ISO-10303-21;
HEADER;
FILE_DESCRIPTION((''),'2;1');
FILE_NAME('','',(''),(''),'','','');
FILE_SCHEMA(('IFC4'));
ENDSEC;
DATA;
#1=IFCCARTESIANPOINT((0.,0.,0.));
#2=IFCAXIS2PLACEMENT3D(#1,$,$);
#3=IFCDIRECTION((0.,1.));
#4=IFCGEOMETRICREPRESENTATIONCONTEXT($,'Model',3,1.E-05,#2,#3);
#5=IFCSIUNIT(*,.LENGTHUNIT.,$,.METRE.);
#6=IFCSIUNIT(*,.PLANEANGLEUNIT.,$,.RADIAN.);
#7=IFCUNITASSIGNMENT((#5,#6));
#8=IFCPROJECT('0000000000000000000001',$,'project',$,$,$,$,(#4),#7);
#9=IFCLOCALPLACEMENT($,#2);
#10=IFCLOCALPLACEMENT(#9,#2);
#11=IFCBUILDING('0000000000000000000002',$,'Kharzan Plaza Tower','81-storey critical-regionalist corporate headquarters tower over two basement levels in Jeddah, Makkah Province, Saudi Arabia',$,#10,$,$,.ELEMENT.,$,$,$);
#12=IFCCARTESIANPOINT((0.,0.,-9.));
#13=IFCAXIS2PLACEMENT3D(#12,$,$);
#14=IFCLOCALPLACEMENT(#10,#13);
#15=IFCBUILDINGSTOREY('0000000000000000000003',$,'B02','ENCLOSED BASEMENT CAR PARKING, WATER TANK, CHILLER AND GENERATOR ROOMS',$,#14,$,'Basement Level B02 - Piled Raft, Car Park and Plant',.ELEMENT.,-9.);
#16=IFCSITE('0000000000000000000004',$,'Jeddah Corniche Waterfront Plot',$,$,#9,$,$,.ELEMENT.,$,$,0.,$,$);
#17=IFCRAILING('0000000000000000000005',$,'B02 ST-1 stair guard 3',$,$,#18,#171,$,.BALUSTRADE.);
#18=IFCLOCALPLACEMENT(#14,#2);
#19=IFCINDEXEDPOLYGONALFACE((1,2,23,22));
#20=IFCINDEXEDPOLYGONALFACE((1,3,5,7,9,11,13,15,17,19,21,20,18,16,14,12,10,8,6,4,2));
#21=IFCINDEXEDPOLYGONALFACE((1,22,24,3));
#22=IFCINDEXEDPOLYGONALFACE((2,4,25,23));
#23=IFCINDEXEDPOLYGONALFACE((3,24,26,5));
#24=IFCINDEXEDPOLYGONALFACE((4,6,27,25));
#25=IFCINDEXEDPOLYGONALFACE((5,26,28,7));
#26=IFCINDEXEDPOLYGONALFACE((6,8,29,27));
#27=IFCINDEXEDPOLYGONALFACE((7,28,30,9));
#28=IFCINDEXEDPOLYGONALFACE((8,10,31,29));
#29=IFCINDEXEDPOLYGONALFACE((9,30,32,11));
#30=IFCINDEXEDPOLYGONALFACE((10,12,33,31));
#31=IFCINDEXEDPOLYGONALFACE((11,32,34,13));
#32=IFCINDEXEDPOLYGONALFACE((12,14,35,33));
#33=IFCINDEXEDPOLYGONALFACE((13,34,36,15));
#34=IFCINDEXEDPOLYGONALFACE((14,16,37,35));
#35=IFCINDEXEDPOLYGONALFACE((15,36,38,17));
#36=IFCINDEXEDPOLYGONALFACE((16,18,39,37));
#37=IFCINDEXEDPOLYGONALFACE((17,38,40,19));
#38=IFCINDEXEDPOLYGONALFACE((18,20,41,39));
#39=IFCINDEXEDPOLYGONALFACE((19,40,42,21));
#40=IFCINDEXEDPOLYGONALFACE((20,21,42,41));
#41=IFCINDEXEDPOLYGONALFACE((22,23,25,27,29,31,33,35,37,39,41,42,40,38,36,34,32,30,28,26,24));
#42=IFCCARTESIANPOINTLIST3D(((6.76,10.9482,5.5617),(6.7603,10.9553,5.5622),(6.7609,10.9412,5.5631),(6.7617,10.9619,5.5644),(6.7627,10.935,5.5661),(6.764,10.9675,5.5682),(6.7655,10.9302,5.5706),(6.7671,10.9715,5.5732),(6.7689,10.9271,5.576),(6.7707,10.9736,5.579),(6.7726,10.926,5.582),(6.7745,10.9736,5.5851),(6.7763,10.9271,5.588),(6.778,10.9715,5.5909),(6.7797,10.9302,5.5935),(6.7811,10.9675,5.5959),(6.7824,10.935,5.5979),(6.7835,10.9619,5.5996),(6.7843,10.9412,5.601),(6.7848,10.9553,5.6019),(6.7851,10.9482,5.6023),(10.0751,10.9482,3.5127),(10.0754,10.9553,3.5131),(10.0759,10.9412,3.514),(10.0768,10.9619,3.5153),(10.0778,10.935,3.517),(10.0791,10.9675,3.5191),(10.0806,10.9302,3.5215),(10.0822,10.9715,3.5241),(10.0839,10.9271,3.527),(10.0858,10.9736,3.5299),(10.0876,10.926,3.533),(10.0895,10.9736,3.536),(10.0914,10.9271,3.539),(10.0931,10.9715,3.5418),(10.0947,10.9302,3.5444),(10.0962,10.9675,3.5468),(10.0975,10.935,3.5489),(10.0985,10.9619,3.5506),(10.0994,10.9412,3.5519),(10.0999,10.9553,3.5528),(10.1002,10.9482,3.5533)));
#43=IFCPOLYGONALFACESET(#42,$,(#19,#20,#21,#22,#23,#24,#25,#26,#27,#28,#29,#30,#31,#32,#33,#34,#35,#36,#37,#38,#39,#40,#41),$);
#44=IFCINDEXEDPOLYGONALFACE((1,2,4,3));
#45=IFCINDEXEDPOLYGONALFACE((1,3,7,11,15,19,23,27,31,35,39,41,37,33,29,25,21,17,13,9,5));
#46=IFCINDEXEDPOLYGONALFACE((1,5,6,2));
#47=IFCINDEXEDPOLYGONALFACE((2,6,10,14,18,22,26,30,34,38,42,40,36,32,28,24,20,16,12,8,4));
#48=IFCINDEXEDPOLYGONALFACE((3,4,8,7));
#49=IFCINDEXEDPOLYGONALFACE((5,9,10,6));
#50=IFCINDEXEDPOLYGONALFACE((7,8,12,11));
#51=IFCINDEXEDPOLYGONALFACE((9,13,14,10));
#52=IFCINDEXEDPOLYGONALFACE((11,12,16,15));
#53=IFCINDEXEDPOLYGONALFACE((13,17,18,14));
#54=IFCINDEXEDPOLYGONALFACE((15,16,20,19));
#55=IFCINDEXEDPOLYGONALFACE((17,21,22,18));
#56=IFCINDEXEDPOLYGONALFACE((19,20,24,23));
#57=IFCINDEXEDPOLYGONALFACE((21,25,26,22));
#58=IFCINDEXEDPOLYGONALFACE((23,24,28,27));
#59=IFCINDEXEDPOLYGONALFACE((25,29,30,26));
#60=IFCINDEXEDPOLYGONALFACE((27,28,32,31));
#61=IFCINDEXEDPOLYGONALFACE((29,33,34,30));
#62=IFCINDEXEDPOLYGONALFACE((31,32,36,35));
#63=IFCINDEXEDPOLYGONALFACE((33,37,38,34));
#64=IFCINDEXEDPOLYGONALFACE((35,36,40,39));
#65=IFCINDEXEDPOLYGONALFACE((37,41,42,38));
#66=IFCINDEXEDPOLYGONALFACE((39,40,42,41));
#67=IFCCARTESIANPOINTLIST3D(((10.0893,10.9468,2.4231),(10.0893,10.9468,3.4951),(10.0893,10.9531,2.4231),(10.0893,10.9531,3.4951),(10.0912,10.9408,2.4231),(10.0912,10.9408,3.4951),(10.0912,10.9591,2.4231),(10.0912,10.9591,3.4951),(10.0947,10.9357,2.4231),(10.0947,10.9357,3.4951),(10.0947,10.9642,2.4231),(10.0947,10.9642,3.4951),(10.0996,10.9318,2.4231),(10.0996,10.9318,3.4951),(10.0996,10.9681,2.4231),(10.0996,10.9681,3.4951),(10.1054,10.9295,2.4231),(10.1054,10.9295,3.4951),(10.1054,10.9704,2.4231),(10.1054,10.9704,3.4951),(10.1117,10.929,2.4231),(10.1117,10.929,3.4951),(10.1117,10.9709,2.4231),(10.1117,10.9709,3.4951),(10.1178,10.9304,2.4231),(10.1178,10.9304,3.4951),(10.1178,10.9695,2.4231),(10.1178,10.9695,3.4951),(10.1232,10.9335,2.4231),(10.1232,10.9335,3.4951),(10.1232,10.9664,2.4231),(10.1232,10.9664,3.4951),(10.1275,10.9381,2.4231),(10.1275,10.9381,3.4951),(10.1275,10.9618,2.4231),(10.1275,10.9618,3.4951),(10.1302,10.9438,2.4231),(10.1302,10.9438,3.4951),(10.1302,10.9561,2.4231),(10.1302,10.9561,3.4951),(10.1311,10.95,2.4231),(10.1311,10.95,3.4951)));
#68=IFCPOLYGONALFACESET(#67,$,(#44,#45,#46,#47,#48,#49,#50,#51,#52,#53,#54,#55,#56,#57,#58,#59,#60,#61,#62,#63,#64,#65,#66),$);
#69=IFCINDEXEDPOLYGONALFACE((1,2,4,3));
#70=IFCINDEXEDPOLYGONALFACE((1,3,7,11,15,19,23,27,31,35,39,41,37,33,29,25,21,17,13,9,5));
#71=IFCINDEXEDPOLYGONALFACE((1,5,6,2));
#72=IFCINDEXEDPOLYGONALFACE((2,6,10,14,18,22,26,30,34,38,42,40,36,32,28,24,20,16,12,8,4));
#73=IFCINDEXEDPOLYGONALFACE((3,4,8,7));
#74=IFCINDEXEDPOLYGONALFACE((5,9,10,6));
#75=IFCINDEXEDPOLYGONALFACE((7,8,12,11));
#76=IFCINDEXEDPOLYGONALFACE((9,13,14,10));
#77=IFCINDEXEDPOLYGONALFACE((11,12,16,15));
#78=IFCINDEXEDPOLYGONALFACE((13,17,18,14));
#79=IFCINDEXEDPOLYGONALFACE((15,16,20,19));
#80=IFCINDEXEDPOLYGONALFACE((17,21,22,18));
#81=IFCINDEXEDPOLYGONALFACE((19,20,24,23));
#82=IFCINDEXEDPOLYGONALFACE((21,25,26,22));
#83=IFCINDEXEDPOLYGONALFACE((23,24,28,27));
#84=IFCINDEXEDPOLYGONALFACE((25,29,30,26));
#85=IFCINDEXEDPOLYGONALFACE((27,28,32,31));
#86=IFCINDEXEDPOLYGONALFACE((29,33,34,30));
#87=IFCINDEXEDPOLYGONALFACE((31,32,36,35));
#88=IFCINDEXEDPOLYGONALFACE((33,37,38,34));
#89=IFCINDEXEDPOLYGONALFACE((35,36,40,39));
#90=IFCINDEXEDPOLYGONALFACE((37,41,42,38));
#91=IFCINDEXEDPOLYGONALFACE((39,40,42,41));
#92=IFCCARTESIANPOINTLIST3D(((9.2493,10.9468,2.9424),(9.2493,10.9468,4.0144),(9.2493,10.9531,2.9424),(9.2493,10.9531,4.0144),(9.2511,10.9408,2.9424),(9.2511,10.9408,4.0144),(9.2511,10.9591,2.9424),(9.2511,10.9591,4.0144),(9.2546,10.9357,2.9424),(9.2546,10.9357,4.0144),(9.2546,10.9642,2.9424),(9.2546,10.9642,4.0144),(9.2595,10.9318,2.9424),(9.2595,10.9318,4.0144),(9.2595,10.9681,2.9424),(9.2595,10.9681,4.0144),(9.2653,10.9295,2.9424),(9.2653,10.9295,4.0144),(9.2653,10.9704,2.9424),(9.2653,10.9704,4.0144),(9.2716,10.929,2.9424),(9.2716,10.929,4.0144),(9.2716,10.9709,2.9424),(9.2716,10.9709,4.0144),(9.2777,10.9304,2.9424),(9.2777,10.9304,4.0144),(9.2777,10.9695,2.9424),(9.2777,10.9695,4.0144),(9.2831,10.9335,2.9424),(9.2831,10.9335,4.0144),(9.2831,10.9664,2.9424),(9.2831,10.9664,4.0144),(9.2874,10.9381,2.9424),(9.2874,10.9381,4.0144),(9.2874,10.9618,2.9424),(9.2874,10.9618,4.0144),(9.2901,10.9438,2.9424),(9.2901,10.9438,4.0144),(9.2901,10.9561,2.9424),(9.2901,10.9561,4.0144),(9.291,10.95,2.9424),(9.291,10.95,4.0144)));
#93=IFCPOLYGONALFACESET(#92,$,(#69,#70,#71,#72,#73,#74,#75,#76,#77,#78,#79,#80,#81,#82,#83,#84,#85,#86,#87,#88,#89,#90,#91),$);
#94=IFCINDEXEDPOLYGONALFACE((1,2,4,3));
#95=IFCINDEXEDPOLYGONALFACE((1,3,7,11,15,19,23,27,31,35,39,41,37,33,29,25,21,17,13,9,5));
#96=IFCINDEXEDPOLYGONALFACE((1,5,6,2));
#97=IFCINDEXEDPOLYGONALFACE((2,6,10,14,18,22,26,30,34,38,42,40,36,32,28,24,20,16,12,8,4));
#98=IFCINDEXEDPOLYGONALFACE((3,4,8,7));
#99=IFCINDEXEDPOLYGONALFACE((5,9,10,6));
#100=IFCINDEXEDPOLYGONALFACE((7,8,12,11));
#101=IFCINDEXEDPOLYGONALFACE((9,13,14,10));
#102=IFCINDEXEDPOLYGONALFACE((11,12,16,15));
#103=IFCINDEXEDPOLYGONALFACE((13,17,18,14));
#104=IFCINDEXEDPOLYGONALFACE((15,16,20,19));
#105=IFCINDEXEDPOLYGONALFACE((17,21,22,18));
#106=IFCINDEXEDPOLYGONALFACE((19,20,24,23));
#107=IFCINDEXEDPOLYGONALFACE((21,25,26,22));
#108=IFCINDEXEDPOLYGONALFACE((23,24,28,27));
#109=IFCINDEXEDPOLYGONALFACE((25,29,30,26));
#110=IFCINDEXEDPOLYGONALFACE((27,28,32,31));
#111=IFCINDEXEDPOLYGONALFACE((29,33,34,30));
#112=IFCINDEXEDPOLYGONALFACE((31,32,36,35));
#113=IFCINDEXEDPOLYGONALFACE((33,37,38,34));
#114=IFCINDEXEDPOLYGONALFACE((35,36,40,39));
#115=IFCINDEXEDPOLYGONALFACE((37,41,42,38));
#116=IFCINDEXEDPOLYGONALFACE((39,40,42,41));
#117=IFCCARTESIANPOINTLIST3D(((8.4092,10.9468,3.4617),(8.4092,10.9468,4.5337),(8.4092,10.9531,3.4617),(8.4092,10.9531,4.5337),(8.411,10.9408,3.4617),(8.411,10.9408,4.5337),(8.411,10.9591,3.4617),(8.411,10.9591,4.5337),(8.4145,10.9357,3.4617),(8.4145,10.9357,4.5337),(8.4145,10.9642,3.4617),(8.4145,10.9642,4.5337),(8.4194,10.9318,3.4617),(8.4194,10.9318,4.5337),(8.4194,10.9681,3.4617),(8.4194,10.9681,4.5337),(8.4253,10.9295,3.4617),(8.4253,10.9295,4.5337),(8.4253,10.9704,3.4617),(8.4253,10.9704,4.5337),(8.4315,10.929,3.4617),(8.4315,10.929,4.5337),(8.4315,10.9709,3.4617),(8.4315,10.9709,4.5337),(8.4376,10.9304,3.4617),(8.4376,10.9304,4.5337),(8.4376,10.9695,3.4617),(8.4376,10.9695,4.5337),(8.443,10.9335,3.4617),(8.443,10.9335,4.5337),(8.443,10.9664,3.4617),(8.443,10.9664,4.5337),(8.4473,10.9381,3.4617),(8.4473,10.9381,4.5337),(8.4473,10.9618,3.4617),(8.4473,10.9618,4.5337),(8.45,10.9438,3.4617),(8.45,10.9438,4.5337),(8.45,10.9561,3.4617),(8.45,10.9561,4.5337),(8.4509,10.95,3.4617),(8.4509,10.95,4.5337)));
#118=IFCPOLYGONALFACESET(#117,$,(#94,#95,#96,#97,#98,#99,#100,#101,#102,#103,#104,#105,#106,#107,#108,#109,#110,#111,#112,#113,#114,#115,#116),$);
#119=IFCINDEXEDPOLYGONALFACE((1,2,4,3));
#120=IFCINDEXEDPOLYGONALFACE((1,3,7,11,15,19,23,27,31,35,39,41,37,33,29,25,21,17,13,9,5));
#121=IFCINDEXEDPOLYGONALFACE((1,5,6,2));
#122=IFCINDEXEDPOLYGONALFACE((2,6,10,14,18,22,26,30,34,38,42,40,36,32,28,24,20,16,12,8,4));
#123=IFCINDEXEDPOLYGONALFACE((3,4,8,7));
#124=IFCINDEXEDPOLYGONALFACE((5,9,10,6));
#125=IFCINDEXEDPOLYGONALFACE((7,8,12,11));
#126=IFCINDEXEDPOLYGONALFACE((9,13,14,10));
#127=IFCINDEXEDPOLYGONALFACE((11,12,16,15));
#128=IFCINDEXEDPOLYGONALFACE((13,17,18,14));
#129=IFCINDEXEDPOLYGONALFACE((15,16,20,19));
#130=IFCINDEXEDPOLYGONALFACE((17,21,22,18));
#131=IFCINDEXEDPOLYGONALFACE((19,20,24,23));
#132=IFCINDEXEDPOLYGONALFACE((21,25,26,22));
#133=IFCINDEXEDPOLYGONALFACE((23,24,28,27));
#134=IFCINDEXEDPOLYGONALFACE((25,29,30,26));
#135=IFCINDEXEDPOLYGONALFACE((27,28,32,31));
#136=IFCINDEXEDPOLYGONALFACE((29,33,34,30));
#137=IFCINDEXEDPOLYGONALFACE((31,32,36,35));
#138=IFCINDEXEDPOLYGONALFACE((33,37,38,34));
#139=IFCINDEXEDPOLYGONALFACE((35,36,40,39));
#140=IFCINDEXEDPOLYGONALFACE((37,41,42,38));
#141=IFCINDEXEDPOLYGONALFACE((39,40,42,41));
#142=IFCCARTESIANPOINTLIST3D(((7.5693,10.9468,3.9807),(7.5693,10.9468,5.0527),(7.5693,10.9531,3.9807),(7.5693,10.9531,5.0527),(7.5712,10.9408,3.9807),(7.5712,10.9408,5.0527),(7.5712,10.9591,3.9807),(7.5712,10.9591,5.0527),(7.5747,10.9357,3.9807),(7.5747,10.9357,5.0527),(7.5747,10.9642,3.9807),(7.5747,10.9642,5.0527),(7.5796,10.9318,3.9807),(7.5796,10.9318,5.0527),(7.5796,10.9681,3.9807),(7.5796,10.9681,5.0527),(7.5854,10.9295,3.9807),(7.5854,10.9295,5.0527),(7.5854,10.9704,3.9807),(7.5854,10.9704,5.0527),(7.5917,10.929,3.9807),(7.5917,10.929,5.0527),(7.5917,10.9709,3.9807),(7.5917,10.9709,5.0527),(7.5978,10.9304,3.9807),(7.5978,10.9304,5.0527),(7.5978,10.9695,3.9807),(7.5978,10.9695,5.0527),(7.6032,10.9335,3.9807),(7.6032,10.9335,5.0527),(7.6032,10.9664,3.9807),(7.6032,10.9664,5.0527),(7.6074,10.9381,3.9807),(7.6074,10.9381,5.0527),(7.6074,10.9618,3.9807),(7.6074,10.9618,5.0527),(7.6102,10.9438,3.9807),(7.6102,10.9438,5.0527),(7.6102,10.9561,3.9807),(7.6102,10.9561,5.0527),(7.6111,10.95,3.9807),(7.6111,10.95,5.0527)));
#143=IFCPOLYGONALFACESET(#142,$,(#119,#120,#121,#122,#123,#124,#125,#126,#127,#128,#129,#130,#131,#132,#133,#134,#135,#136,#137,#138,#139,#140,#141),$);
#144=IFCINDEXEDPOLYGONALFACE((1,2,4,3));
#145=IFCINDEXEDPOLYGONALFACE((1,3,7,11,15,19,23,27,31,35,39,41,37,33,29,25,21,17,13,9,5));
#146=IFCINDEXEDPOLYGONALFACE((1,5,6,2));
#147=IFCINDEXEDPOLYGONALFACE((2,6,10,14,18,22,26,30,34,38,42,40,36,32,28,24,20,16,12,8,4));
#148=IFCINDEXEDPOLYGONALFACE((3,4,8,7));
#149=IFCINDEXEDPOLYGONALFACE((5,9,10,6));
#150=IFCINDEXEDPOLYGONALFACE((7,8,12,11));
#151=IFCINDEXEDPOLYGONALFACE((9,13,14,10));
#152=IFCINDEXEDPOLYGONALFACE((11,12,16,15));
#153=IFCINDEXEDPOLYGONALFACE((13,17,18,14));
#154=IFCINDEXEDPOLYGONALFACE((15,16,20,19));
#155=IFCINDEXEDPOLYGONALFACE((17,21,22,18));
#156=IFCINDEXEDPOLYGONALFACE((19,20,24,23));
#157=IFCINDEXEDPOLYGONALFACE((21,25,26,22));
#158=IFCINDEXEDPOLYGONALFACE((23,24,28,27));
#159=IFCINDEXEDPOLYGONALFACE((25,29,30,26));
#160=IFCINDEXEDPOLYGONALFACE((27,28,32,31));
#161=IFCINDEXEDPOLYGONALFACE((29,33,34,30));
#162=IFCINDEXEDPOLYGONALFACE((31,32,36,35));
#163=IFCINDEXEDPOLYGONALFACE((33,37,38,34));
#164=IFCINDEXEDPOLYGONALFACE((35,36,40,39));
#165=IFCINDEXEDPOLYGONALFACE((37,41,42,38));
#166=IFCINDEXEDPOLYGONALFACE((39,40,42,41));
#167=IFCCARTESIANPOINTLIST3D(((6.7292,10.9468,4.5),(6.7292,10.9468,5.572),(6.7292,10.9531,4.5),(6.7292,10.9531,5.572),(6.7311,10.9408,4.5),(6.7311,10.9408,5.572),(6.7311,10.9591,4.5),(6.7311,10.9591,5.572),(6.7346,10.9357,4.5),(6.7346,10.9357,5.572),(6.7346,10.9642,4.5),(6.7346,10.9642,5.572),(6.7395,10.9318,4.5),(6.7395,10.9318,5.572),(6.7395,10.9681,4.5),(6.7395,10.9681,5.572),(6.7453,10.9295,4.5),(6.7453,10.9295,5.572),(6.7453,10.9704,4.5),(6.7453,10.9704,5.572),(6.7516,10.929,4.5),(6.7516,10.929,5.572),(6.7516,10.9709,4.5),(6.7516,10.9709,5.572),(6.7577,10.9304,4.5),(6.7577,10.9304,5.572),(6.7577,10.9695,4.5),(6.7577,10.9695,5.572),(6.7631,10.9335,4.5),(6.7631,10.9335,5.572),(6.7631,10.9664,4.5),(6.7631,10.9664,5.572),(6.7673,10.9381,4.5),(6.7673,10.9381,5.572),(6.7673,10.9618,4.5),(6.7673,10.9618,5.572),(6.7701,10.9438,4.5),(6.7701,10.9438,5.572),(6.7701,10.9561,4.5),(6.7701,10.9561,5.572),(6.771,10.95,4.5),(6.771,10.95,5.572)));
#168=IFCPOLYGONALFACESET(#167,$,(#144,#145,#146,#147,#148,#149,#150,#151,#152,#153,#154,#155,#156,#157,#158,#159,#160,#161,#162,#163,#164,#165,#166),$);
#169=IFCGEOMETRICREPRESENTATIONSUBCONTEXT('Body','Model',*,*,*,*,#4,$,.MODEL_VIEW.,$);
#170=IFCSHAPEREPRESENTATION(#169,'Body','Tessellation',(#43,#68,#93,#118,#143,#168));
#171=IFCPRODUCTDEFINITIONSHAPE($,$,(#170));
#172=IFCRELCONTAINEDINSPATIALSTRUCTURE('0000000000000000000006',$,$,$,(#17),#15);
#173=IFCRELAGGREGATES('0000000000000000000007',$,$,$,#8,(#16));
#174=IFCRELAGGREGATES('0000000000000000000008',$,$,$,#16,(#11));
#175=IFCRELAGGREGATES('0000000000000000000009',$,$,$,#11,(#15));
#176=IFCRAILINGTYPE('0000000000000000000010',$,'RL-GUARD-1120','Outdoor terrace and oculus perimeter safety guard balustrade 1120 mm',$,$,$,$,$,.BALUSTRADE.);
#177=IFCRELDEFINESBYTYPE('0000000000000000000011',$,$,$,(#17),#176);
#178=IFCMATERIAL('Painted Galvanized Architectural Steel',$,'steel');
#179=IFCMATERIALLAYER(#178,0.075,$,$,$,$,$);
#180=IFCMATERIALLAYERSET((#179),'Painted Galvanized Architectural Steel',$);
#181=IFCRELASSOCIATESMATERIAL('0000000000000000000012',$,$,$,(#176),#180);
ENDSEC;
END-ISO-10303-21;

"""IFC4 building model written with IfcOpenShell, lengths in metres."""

from ifc_helpers import new_model, si_unit, direction, frame, origin, origin_2d, place, context, subcontext, project, spatial, circle, extrude, source, transform, mapped, material, layer, layer_set, type_object, element, save


model = new_model("IFC4")

# Units and contexts
model_context = context("Model", 3, precision=1e-05, world=origin(), true_north=direction((0.0, 1.0)))
body_context = subcontext(model_context, "Body", "Model", "MODEL_VIEW")
ifc_project = project(units=[si_unit("LENGTHUNIT", "METRE"), si_unit("PLANEANGLEUNIT", "RADIAN")], contexts=[model_context])

# Site, building, storey
site_placement = place(None, origin())
site = spatial("IfcSite", under=ifc_project, at=site_placement, Name="Jeddah Corniche Waterfront Plot", CompositionType="ELEMENT", RefElevation=0.0)
building_placement = place(site_placement, origin())
building = spatial("IfcBuilding", under=site, at=building_placement, Name="Kharzan Plaza Tower", Description="81-storey critical-regionalist corporate headquarters tower over two basement levels in Jeddah, Makkah Province, Saudi Arabia", CompositionType="ELEMENT")
storey_placement = place(building_placement, frame((0.0, 0.0, -9.0)))
storey = spatial("IfcBuildingStorey", under=building, at=storey_placement, Name="B02", Description="ENCLOSED BASEMENT CAR PARKING, WATER TANK, CHILLER AND GENERATOR ROOMS", LongName="Basement Level B02 - Piled Raft, Car Park and Plant", CompositionType="ELEMENT", Elevation=-9.0)

# Railing
ifc_material_1 = material(Name="Painted Galvanized Architectural Steel", Category="steel")
ifc_layer_1 = layer(ifc_material_1, 0.075)
ifc_layer_set_1 = layer_set([ifc_layer_1], Name="Painted Galvanized Architectural Steel")
railing_type_1 = type_object("IfcRailingType", Name="RL-GUARD-1120", Description="Outdoor terrace and oculus perimeter safety guard balustrade 1120 mm", PredefinedType="BALUSTRADE", material=ifc_layer_set_1)
shared_shape_1 = source(origin(), body_context, "Body", "SweptSolid", [
    extrude(circle(Radius=0.0239, at=origin_2d()), frame((-0.0225, 0.0, 1.1099), z_axis=(-0.850623, 0.0, 0.525776), x_axis=(0.0, -1.0, 0.0)), (0.0, 0.0, 1.0), 3.8972),
    extrude(circle(Radius=0.021, at=origin_2d()), origin(), (0.0, 0.0, 1.0), 1.072),
    extrude(circle(Radius=0.021, at=origin_2d()), frame((-0.8401, 0.0, 0.5193)), (0.0, 0.0, 1.0), 1.072),
    extrude(circle(Radius=0.021, at=origin_2d()), frame((-1.6802, 0.0, 1.0386)), (0.0, 0.0, 1.0), 1.072),
    extrude(circle(Radius=0.021, at=origin_2d()), frame((-2.52, 0.0, 1.5576)), (0.0, 0.0, 1.0), 1.072),
    extrude(circle(Radius=0.021, at=origin_2d()), frame((-3.3601, 0.0, 2.0769)), (0.0, 0.0, 1.0), 1.072),
])
railing_1_placement = place(storey_placement, frame((10.1101, 10.95, 2.4231)))
element("IfcRailing", 1, at=railing_1_placement, inside=storey, type_object=railing_type_1, Name="B02 ST-1 stair guard 3", PredefinedType="BALUSTRADE", context=body_context, shape_type="MappedRepresentation", body=[
    mapped(shared_shape_1, transform((0.0, 0.0, 0.0), x_axis=(1.0, 0.0, 0.0), y_axis=(0.0, 1.0, 0.0), z_axis=(0.0, 0.0, 1.0))),
])

save(model, "model.ifc")
